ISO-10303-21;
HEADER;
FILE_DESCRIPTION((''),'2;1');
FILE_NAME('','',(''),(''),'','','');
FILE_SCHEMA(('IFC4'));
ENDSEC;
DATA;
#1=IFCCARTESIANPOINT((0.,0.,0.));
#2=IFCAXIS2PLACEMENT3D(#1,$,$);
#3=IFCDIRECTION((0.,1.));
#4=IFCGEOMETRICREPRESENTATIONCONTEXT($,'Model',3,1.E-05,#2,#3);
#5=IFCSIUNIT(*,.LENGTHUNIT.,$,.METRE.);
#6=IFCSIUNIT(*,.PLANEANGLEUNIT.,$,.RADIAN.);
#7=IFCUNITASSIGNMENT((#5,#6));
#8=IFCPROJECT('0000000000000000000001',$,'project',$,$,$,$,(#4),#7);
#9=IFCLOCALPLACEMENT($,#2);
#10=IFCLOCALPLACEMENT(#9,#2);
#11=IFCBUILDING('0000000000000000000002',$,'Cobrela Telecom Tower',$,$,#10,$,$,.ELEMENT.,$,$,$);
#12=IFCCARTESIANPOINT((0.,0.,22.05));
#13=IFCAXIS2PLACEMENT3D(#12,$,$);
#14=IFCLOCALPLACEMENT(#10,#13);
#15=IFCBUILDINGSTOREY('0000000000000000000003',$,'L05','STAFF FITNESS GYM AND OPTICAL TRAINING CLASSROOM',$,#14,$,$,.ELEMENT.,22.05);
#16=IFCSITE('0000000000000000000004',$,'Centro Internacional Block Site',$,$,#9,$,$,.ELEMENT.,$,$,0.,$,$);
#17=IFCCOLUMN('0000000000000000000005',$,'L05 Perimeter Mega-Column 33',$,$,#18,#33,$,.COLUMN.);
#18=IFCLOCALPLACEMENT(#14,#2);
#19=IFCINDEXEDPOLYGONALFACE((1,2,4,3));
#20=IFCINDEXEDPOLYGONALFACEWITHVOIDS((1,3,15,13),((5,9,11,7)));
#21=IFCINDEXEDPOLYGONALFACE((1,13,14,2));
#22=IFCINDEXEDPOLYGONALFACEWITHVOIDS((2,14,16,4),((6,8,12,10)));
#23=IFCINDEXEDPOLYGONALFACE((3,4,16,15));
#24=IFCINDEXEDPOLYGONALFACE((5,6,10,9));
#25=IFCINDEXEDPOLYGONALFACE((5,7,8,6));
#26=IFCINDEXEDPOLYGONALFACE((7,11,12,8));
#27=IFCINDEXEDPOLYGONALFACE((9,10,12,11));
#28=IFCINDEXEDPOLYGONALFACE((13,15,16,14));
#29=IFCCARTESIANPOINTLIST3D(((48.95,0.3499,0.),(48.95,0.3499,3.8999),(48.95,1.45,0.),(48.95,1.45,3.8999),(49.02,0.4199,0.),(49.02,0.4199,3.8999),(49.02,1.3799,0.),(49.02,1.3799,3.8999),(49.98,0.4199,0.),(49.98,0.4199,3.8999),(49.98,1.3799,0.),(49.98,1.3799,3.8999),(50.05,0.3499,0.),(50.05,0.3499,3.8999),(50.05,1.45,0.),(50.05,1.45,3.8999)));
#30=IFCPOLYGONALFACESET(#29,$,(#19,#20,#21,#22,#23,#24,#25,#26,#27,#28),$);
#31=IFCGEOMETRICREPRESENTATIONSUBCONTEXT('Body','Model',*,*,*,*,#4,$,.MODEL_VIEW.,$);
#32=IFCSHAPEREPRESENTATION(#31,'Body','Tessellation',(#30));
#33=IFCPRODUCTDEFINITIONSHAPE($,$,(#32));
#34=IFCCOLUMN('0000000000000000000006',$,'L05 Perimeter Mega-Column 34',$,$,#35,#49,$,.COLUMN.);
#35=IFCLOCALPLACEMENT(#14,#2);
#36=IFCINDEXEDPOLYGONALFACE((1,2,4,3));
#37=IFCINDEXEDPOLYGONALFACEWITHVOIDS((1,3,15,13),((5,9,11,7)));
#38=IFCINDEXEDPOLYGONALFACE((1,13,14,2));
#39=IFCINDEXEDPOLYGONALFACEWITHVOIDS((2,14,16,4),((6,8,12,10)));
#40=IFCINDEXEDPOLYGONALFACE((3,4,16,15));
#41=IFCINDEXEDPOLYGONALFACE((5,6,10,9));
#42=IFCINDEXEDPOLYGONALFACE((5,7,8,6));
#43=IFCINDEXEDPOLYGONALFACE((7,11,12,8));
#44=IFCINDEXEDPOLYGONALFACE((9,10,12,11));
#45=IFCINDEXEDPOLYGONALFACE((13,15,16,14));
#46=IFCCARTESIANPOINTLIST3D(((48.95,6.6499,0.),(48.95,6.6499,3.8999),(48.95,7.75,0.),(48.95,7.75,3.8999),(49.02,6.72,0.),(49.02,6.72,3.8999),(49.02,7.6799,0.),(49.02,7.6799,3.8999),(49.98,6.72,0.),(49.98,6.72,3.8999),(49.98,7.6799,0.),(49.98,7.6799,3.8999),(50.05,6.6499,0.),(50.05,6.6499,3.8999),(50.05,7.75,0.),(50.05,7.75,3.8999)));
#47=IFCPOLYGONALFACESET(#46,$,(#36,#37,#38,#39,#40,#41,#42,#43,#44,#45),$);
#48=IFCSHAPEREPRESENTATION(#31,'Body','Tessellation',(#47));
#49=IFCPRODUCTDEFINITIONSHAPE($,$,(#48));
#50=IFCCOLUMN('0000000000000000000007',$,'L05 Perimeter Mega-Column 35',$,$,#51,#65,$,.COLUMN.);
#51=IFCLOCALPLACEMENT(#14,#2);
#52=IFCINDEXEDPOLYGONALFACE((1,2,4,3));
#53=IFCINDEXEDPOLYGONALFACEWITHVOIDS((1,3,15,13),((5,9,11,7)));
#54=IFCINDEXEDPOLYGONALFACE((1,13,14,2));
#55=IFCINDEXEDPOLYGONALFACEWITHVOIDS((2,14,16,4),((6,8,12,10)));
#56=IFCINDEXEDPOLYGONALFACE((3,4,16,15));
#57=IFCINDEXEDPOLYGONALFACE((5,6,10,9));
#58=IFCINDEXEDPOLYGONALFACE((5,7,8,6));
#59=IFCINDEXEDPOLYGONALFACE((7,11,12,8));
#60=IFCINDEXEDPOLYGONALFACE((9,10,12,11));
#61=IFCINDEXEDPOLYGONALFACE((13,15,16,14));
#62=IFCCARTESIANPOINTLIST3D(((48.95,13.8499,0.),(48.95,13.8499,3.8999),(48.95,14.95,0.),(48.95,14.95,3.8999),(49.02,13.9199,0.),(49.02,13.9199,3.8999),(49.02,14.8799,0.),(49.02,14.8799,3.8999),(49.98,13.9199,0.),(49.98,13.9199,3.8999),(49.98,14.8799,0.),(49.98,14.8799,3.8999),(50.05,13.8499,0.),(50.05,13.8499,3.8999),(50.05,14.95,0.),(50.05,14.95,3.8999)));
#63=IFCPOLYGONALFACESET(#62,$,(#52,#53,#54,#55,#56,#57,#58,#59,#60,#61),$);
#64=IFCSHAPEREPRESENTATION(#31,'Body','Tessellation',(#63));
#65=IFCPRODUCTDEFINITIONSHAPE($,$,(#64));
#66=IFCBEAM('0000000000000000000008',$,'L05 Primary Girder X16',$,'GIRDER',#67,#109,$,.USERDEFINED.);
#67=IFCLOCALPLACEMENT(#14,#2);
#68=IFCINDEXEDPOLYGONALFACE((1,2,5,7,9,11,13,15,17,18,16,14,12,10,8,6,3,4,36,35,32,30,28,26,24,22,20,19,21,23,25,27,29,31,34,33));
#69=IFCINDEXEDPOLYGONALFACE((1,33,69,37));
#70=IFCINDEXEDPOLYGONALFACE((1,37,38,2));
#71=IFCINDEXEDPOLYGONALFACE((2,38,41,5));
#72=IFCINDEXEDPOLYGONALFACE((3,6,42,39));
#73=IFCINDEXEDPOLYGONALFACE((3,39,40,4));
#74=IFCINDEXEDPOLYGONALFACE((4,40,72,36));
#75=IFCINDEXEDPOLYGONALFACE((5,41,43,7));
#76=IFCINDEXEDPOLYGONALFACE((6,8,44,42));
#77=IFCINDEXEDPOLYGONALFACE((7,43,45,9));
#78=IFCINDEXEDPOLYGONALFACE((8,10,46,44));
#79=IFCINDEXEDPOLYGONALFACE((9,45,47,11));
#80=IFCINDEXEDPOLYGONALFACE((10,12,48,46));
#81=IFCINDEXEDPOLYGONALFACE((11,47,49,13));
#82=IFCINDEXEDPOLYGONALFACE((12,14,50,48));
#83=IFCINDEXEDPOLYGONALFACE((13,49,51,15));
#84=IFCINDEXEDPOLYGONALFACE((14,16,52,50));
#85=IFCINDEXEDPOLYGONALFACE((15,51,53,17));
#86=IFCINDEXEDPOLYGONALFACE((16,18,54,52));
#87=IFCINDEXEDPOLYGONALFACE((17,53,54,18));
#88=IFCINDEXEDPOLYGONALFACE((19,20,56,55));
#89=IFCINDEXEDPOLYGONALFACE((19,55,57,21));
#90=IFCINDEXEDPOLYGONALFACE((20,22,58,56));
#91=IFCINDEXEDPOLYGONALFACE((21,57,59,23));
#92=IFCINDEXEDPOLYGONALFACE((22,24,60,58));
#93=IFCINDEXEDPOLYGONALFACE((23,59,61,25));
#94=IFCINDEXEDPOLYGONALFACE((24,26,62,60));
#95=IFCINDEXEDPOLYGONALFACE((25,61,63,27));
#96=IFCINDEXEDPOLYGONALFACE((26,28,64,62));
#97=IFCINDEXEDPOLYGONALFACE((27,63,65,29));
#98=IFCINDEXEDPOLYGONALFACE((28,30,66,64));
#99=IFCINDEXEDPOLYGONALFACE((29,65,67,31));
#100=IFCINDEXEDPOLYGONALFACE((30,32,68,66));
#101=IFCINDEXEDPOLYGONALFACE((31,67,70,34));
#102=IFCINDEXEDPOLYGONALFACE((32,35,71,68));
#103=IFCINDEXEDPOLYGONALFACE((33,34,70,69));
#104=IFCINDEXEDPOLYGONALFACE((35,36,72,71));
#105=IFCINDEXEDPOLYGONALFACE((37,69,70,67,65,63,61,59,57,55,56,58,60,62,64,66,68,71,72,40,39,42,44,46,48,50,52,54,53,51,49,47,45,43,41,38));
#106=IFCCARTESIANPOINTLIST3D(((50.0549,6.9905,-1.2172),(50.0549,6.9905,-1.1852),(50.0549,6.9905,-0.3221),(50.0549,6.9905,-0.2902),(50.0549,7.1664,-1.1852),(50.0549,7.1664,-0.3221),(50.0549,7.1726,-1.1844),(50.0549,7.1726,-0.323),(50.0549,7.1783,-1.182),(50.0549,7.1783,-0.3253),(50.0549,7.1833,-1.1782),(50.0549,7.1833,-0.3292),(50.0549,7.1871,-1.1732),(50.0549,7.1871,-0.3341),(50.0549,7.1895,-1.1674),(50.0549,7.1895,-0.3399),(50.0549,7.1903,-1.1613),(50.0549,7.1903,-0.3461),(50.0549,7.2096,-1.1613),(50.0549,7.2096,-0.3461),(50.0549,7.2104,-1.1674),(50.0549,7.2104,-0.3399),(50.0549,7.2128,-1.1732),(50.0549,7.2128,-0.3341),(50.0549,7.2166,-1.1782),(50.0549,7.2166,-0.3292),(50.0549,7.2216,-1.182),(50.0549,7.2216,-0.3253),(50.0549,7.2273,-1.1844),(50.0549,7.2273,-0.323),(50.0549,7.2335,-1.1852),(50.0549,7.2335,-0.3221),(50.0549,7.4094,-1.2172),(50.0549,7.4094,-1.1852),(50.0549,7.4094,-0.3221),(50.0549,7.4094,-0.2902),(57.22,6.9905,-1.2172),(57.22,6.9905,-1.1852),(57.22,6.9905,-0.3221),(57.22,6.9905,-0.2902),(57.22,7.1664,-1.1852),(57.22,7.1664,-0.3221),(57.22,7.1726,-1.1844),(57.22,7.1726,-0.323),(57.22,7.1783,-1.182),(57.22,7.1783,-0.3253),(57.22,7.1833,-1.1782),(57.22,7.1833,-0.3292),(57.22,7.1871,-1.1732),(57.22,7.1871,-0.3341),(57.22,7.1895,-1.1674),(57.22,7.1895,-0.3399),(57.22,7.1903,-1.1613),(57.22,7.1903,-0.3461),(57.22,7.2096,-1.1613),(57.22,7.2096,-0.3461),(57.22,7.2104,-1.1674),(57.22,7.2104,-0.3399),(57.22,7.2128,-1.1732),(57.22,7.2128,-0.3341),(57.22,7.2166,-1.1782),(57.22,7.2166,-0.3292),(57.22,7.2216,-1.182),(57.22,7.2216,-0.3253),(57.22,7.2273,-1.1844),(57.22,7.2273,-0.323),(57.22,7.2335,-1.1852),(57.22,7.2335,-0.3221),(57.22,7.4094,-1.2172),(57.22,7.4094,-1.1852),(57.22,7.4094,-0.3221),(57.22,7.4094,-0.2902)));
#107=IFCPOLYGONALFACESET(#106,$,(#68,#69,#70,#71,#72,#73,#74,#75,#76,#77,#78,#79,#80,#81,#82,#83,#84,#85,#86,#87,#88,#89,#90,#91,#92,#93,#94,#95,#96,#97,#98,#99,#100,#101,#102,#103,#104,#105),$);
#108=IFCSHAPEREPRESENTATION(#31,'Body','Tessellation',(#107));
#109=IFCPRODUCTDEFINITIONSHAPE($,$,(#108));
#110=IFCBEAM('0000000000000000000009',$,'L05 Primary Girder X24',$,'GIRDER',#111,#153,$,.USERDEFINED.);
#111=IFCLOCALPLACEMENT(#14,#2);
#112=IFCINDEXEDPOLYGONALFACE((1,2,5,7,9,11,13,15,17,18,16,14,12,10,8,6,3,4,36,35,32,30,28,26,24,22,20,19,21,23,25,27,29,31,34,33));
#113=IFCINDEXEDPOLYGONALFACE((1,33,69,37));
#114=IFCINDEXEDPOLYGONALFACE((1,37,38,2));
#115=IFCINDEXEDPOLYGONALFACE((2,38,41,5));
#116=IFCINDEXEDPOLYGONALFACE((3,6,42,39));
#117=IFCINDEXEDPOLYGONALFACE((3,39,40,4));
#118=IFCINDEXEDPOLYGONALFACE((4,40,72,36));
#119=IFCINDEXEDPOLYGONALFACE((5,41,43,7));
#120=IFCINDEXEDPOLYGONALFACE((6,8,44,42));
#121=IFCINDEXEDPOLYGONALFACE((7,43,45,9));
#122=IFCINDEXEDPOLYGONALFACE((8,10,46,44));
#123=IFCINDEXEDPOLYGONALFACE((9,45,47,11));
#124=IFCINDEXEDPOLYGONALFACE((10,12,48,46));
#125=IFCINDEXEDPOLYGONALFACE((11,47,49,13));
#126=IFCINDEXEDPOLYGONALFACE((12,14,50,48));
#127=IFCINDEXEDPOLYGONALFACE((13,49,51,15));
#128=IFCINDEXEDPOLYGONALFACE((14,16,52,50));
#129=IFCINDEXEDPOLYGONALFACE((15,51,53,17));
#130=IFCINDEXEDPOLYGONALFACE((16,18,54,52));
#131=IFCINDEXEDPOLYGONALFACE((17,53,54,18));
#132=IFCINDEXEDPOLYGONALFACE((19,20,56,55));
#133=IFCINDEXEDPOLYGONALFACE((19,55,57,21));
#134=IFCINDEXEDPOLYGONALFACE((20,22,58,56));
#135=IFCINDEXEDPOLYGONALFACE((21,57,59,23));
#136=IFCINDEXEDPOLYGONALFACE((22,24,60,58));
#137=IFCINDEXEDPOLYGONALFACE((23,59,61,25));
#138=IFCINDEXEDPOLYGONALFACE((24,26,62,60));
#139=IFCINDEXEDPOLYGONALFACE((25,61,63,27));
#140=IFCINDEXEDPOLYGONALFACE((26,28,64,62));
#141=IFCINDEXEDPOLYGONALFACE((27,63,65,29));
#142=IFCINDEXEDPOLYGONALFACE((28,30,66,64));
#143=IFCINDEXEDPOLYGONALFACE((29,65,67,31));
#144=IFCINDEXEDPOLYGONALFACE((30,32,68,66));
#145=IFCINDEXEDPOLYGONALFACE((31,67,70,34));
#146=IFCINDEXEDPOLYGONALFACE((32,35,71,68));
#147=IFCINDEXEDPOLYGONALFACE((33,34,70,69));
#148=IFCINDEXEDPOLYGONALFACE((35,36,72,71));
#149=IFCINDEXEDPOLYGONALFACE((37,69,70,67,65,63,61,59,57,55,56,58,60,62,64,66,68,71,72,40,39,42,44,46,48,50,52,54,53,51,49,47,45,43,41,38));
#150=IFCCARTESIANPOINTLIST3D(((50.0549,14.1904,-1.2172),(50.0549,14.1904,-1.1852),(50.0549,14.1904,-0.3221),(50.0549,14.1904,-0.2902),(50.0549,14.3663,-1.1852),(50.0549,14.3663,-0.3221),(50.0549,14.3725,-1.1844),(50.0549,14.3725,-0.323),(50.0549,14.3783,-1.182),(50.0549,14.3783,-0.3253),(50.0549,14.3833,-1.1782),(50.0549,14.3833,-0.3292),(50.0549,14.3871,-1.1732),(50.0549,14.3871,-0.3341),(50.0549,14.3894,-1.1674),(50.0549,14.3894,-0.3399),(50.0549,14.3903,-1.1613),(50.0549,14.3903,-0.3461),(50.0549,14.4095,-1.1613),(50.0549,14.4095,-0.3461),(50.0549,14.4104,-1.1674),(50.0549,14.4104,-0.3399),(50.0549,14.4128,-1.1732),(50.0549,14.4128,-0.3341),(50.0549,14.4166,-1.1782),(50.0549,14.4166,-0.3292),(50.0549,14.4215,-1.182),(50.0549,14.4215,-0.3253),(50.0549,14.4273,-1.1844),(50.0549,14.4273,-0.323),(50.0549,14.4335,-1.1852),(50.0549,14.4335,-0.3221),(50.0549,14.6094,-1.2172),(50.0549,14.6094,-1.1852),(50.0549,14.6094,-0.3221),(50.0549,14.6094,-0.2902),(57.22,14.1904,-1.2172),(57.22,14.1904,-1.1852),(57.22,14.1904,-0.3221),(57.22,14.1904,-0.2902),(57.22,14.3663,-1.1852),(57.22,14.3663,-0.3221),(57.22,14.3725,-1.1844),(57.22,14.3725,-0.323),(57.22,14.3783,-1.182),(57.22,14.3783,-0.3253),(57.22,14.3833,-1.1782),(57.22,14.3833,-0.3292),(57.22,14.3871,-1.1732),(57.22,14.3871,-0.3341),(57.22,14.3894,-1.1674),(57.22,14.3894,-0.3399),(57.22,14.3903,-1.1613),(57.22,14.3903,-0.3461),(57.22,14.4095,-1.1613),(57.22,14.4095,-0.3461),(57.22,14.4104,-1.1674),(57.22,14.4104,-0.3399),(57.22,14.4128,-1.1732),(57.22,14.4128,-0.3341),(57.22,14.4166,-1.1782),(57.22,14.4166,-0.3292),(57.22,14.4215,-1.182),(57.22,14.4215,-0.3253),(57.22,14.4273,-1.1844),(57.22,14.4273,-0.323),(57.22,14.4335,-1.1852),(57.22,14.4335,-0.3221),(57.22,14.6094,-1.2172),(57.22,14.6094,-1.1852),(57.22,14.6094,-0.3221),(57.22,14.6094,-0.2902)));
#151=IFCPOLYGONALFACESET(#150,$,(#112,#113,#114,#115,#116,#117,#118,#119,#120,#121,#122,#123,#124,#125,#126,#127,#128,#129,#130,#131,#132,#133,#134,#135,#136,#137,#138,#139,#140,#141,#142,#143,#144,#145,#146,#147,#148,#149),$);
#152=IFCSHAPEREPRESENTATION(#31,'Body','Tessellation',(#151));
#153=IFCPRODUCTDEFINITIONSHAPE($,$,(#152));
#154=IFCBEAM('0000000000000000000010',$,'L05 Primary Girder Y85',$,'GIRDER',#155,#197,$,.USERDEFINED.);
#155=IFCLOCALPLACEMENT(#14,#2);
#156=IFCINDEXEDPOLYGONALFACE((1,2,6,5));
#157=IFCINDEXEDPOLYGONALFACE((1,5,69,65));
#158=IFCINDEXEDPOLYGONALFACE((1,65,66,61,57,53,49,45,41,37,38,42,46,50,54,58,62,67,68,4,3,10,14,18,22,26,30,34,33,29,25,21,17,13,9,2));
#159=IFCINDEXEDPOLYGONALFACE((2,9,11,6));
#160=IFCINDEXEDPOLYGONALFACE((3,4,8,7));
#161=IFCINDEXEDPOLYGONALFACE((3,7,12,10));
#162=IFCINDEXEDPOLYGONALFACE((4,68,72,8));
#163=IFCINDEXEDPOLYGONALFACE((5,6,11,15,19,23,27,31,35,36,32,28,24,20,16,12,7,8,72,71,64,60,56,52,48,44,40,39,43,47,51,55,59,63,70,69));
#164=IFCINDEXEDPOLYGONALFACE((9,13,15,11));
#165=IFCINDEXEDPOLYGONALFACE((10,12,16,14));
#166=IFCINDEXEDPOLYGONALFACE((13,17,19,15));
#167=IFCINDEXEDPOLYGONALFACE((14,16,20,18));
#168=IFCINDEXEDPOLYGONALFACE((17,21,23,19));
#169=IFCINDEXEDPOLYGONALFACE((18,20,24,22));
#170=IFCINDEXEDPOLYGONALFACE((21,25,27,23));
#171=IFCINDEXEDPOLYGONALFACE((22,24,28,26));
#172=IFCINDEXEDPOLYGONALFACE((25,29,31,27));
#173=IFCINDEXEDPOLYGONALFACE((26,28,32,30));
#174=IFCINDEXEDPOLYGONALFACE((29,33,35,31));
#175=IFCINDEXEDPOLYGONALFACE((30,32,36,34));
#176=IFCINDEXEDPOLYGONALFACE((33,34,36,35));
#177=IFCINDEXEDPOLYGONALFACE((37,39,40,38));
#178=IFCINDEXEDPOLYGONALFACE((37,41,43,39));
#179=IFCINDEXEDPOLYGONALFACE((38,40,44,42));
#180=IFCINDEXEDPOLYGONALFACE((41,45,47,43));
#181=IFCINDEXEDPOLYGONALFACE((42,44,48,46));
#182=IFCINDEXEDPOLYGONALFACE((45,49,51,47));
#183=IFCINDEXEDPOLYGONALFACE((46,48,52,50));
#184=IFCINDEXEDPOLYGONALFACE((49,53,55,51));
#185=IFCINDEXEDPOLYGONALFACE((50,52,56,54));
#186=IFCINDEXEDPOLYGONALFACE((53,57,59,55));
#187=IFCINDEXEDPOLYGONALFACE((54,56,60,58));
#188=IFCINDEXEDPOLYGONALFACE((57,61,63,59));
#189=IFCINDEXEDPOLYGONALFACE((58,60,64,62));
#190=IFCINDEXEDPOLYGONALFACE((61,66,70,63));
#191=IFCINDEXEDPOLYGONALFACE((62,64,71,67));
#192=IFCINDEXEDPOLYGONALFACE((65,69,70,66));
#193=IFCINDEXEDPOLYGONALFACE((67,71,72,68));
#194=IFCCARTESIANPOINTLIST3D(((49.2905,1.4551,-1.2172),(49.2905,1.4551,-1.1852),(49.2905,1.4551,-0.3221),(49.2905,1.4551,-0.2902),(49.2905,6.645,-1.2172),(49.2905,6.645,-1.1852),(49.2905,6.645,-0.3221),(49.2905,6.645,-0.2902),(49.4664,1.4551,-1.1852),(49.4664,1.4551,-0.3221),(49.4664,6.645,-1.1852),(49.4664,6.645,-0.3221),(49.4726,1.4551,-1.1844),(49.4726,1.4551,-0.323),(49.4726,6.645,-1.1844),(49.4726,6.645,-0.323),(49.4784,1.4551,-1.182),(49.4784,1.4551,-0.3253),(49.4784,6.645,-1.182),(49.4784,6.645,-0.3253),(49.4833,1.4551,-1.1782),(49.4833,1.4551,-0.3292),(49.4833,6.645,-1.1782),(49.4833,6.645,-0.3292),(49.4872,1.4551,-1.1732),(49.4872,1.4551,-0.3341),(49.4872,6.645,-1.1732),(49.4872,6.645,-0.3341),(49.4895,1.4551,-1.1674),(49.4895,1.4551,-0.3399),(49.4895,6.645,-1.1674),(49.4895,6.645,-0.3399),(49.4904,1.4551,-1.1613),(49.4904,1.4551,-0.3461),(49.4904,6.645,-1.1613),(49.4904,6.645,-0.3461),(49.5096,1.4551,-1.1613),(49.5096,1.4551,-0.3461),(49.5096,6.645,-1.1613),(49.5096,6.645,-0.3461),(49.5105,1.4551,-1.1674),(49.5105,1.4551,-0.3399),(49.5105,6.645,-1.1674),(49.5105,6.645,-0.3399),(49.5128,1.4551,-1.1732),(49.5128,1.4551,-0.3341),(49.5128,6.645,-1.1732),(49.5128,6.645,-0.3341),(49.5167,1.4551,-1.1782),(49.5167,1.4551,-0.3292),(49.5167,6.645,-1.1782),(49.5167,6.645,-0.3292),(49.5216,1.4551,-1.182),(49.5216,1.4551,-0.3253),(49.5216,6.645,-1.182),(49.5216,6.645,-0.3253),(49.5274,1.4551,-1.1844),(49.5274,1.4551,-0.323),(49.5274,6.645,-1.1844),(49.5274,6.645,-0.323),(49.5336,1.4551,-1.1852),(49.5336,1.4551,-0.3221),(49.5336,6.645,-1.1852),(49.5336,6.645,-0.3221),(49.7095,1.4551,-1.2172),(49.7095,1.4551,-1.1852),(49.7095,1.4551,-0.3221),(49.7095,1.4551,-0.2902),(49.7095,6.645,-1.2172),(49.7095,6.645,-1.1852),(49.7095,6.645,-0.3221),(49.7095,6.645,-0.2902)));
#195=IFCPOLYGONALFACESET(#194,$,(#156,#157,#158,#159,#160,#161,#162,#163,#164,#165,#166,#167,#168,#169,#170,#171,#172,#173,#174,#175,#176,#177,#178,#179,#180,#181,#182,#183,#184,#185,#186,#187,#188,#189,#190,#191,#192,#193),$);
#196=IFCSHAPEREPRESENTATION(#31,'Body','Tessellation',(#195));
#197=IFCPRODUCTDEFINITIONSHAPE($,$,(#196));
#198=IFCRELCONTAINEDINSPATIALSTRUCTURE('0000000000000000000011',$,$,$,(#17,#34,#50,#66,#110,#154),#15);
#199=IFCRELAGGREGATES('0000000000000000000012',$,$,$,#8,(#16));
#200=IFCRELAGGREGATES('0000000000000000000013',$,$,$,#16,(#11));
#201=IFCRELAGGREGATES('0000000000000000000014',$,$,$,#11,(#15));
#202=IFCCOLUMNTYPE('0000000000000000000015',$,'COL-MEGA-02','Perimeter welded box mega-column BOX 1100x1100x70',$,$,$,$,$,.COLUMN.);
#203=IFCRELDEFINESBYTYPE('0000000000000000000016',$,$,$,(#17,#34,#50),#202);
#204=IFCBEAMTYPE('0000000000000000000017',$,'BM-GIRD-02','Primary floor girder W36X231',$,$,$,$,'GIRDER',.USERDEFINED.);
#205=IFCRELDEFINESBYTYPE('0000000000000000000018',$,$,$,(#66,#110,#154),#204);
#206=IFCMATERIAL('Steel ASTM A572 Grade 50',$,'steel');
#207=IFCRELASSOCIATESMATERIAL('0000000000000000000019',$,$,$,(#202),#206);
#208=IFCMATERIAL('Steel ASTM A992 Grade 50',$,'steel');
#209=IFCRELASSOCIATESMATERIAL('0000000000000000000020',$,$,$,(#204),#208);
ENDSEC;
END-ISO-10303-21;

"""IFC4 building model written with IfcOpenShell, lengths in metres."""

from ifc_helpers import new_model, si_unit, direction, frame, origin, origin_2d, place, context, subcontext, project, spatial, hollow_rectangle, i_section, extrude, material, material_profile, profile_set, type_object, element, save


model = new_model("IFC4")

# Units and contexts
model_context = context("Model", 3, precision=1e-05, world=origin(), true_north=direction((0.0, 1.0)))
body_context = subcontext(model_context, "Body", "Model", "MODEL_VIEW")
ifc_project = project(units=[si_unit("LENGTHUNIT", "METRE"), si_unit("PLANEANGLEUNIT", "RADIAN")], contexts=[model_context])

# Site, building, storey
site_placement = place(None, origin())
site = spatial("IfcSite", under=ifc_project, at=site_placement, Name="Centro Internacional Block Site", CompositionType="ELEMENT", RefElevation=0.0)
building_placement = place(site_placement, origin())
building = spatial("IfcBuilding", under=site, at=building_placement, Name="Cobrela Telecom Tower", CompositionType="ELEMENT")
storey_placement = place(building_placement, frame((0.0, 0.0, 22.05)))
storey = spatial("IfcBuildingStorey", under=building, at=storey_placement, Name="L05", Description="STAFF FITNESS GYM AND OPTICAL TRAINING CLASSROOM", CompositionType="ELEMENT", Elevation=22.05)

# Columns
ifc_material_1 = material(Name="Steel ASTM A572 Grade 50", Category="steel")
ifc_material_profile_1 = material_profile(ifc_material_1, hollow_rectangle(XDim=1.1001, YDim=1.1001, WallThickness=0.0701, at=origin_2d()), Name="BOX 1100x1100x70")
ifc_profile_set_1 = profile_set([ifc_material_profile_1], Name="Steel ASTM A572 Grade 50")
column_type = type_object("IfcColumnType", Name="COL-MEGA-02", Description="Perimeter welded box mega-column BOX 1100x1100x70", PredefinedType="COLUMN", material=ifc_profile_set_1)
for number, where, z_axis, x_axis, name in (
    (1, (49.5, 0.8999, 0.0), (0.0, 0.0, 1.0), (1.0, 0.0, 0.0), "L05 Perimeter Mega-Column 33"),
    (2, (49.5, 7.2, 0.0), (0.0, 0.0, 1.0), (1.0, 0.0, 0.0), "L05 Perimeter Mega-Column 34"),
    (3, (49.5, 14.3999, 0.0), (0.0, 0.0, 1.0), (1.0, 0.0, 0.0), "L05 Perimeter Mega-Column 35"),
):
    element("IfcColumn", number, at=place(storey_placement, frame(where, z_axis=z_axis, x_axis=x_axis)), inside=storey, type_object=column_type, Name=name, PredefinedType="COLUMN", context=body_context, shape_type="SweptSolid", body=[
        extrude(hollow_rectangle(XDim=1.1001, YDim=1.1001, WallThickness=0.0701, at=origin_2d()), origin(), (0.0, 0.0, 1.0), 3.8999),
    ])

# Beams
ifc_material_2 = material(Name="Steel ASTM A992 Grade 50", Category="steel")
ifc_material_profile_2 = material_profile(ifc_material_2, i_section(OverallWidth=0.4189, OverallDepth=0.927, WebThickness=0.0193, FlangeThickness=0.032, FilletRadius=0.0239, at=origin_2d()), Name="W36X231")
ifc_profile_set_2 = profile_set([ifc_material_profile_2], Name="Steel ASTM A992 Grade 50")
beam_type_1 = type_object("IfcBeamType", Name="BM-GIRD-02", Description="Primary floor girder W36X231", ElementType="GIRDER", PredefinedType="USERDEFINED", material=ifc_profile_set_2)
for number, where, z_axis, x_axis, name in (
    (4, (50.0549, 7.2, -0.7537), (1.0, 0.0, 0.0), (0.0, 1.0, 0.0), "L05 Primary Girder X16"),
    (5, (50.0549, 14.3999, -0.7537), (1.0, 0.0, 0.0), (0.0, 1.0, 0.0), "L05 Primary Girder X24"),
):
    element("IfcBeam", number, at=place(storey_placement, frame(where, z_axis=z_axis, x_axis=x_axis)), inside=storey, type_object=beam_type_1, Name=name, ObjectType="GIRDER", PredefinedType="USERDEFINED", context=body_context, shape_type="SweptSolid", body=[
        extrude(i_section(OverallWidth=0.4189, OverallDepth=0.927, WebThickness=0.0193, FlangeThickness=0.032, FilletRadius=0.0239, at=origin_2d()), origin(), (0.0, 0.0, 1.0), 7.165),
    ])
beam_1_placement = place(storey_placement, frame((49.5, 1.4551, -0.7537), z_axis=(0.0, 1.0, 0.0), x_axis=(-1.0, 0.0, 0.0)))
element("IfcBeam", 6, at=beam_1_placement, inside=storey, type_object=beam_type_1, Name="L05 Primary Girder Y85", ObjectType="GIRDER", PredefinedType="USERDEFINED", context=body_context, shape_type="SweptSolid", body=[
    extrude(i_section(OverallWidth=0.4189, OverallDepth=0.927, WebThickness=0.0193, FlangeThickness=0.032, FilletRadius=0.0239, at=origin_2d()), origin(), (0.0, 0.0, 1.0), 5.1899),
])

save(model, "model.ifc")
